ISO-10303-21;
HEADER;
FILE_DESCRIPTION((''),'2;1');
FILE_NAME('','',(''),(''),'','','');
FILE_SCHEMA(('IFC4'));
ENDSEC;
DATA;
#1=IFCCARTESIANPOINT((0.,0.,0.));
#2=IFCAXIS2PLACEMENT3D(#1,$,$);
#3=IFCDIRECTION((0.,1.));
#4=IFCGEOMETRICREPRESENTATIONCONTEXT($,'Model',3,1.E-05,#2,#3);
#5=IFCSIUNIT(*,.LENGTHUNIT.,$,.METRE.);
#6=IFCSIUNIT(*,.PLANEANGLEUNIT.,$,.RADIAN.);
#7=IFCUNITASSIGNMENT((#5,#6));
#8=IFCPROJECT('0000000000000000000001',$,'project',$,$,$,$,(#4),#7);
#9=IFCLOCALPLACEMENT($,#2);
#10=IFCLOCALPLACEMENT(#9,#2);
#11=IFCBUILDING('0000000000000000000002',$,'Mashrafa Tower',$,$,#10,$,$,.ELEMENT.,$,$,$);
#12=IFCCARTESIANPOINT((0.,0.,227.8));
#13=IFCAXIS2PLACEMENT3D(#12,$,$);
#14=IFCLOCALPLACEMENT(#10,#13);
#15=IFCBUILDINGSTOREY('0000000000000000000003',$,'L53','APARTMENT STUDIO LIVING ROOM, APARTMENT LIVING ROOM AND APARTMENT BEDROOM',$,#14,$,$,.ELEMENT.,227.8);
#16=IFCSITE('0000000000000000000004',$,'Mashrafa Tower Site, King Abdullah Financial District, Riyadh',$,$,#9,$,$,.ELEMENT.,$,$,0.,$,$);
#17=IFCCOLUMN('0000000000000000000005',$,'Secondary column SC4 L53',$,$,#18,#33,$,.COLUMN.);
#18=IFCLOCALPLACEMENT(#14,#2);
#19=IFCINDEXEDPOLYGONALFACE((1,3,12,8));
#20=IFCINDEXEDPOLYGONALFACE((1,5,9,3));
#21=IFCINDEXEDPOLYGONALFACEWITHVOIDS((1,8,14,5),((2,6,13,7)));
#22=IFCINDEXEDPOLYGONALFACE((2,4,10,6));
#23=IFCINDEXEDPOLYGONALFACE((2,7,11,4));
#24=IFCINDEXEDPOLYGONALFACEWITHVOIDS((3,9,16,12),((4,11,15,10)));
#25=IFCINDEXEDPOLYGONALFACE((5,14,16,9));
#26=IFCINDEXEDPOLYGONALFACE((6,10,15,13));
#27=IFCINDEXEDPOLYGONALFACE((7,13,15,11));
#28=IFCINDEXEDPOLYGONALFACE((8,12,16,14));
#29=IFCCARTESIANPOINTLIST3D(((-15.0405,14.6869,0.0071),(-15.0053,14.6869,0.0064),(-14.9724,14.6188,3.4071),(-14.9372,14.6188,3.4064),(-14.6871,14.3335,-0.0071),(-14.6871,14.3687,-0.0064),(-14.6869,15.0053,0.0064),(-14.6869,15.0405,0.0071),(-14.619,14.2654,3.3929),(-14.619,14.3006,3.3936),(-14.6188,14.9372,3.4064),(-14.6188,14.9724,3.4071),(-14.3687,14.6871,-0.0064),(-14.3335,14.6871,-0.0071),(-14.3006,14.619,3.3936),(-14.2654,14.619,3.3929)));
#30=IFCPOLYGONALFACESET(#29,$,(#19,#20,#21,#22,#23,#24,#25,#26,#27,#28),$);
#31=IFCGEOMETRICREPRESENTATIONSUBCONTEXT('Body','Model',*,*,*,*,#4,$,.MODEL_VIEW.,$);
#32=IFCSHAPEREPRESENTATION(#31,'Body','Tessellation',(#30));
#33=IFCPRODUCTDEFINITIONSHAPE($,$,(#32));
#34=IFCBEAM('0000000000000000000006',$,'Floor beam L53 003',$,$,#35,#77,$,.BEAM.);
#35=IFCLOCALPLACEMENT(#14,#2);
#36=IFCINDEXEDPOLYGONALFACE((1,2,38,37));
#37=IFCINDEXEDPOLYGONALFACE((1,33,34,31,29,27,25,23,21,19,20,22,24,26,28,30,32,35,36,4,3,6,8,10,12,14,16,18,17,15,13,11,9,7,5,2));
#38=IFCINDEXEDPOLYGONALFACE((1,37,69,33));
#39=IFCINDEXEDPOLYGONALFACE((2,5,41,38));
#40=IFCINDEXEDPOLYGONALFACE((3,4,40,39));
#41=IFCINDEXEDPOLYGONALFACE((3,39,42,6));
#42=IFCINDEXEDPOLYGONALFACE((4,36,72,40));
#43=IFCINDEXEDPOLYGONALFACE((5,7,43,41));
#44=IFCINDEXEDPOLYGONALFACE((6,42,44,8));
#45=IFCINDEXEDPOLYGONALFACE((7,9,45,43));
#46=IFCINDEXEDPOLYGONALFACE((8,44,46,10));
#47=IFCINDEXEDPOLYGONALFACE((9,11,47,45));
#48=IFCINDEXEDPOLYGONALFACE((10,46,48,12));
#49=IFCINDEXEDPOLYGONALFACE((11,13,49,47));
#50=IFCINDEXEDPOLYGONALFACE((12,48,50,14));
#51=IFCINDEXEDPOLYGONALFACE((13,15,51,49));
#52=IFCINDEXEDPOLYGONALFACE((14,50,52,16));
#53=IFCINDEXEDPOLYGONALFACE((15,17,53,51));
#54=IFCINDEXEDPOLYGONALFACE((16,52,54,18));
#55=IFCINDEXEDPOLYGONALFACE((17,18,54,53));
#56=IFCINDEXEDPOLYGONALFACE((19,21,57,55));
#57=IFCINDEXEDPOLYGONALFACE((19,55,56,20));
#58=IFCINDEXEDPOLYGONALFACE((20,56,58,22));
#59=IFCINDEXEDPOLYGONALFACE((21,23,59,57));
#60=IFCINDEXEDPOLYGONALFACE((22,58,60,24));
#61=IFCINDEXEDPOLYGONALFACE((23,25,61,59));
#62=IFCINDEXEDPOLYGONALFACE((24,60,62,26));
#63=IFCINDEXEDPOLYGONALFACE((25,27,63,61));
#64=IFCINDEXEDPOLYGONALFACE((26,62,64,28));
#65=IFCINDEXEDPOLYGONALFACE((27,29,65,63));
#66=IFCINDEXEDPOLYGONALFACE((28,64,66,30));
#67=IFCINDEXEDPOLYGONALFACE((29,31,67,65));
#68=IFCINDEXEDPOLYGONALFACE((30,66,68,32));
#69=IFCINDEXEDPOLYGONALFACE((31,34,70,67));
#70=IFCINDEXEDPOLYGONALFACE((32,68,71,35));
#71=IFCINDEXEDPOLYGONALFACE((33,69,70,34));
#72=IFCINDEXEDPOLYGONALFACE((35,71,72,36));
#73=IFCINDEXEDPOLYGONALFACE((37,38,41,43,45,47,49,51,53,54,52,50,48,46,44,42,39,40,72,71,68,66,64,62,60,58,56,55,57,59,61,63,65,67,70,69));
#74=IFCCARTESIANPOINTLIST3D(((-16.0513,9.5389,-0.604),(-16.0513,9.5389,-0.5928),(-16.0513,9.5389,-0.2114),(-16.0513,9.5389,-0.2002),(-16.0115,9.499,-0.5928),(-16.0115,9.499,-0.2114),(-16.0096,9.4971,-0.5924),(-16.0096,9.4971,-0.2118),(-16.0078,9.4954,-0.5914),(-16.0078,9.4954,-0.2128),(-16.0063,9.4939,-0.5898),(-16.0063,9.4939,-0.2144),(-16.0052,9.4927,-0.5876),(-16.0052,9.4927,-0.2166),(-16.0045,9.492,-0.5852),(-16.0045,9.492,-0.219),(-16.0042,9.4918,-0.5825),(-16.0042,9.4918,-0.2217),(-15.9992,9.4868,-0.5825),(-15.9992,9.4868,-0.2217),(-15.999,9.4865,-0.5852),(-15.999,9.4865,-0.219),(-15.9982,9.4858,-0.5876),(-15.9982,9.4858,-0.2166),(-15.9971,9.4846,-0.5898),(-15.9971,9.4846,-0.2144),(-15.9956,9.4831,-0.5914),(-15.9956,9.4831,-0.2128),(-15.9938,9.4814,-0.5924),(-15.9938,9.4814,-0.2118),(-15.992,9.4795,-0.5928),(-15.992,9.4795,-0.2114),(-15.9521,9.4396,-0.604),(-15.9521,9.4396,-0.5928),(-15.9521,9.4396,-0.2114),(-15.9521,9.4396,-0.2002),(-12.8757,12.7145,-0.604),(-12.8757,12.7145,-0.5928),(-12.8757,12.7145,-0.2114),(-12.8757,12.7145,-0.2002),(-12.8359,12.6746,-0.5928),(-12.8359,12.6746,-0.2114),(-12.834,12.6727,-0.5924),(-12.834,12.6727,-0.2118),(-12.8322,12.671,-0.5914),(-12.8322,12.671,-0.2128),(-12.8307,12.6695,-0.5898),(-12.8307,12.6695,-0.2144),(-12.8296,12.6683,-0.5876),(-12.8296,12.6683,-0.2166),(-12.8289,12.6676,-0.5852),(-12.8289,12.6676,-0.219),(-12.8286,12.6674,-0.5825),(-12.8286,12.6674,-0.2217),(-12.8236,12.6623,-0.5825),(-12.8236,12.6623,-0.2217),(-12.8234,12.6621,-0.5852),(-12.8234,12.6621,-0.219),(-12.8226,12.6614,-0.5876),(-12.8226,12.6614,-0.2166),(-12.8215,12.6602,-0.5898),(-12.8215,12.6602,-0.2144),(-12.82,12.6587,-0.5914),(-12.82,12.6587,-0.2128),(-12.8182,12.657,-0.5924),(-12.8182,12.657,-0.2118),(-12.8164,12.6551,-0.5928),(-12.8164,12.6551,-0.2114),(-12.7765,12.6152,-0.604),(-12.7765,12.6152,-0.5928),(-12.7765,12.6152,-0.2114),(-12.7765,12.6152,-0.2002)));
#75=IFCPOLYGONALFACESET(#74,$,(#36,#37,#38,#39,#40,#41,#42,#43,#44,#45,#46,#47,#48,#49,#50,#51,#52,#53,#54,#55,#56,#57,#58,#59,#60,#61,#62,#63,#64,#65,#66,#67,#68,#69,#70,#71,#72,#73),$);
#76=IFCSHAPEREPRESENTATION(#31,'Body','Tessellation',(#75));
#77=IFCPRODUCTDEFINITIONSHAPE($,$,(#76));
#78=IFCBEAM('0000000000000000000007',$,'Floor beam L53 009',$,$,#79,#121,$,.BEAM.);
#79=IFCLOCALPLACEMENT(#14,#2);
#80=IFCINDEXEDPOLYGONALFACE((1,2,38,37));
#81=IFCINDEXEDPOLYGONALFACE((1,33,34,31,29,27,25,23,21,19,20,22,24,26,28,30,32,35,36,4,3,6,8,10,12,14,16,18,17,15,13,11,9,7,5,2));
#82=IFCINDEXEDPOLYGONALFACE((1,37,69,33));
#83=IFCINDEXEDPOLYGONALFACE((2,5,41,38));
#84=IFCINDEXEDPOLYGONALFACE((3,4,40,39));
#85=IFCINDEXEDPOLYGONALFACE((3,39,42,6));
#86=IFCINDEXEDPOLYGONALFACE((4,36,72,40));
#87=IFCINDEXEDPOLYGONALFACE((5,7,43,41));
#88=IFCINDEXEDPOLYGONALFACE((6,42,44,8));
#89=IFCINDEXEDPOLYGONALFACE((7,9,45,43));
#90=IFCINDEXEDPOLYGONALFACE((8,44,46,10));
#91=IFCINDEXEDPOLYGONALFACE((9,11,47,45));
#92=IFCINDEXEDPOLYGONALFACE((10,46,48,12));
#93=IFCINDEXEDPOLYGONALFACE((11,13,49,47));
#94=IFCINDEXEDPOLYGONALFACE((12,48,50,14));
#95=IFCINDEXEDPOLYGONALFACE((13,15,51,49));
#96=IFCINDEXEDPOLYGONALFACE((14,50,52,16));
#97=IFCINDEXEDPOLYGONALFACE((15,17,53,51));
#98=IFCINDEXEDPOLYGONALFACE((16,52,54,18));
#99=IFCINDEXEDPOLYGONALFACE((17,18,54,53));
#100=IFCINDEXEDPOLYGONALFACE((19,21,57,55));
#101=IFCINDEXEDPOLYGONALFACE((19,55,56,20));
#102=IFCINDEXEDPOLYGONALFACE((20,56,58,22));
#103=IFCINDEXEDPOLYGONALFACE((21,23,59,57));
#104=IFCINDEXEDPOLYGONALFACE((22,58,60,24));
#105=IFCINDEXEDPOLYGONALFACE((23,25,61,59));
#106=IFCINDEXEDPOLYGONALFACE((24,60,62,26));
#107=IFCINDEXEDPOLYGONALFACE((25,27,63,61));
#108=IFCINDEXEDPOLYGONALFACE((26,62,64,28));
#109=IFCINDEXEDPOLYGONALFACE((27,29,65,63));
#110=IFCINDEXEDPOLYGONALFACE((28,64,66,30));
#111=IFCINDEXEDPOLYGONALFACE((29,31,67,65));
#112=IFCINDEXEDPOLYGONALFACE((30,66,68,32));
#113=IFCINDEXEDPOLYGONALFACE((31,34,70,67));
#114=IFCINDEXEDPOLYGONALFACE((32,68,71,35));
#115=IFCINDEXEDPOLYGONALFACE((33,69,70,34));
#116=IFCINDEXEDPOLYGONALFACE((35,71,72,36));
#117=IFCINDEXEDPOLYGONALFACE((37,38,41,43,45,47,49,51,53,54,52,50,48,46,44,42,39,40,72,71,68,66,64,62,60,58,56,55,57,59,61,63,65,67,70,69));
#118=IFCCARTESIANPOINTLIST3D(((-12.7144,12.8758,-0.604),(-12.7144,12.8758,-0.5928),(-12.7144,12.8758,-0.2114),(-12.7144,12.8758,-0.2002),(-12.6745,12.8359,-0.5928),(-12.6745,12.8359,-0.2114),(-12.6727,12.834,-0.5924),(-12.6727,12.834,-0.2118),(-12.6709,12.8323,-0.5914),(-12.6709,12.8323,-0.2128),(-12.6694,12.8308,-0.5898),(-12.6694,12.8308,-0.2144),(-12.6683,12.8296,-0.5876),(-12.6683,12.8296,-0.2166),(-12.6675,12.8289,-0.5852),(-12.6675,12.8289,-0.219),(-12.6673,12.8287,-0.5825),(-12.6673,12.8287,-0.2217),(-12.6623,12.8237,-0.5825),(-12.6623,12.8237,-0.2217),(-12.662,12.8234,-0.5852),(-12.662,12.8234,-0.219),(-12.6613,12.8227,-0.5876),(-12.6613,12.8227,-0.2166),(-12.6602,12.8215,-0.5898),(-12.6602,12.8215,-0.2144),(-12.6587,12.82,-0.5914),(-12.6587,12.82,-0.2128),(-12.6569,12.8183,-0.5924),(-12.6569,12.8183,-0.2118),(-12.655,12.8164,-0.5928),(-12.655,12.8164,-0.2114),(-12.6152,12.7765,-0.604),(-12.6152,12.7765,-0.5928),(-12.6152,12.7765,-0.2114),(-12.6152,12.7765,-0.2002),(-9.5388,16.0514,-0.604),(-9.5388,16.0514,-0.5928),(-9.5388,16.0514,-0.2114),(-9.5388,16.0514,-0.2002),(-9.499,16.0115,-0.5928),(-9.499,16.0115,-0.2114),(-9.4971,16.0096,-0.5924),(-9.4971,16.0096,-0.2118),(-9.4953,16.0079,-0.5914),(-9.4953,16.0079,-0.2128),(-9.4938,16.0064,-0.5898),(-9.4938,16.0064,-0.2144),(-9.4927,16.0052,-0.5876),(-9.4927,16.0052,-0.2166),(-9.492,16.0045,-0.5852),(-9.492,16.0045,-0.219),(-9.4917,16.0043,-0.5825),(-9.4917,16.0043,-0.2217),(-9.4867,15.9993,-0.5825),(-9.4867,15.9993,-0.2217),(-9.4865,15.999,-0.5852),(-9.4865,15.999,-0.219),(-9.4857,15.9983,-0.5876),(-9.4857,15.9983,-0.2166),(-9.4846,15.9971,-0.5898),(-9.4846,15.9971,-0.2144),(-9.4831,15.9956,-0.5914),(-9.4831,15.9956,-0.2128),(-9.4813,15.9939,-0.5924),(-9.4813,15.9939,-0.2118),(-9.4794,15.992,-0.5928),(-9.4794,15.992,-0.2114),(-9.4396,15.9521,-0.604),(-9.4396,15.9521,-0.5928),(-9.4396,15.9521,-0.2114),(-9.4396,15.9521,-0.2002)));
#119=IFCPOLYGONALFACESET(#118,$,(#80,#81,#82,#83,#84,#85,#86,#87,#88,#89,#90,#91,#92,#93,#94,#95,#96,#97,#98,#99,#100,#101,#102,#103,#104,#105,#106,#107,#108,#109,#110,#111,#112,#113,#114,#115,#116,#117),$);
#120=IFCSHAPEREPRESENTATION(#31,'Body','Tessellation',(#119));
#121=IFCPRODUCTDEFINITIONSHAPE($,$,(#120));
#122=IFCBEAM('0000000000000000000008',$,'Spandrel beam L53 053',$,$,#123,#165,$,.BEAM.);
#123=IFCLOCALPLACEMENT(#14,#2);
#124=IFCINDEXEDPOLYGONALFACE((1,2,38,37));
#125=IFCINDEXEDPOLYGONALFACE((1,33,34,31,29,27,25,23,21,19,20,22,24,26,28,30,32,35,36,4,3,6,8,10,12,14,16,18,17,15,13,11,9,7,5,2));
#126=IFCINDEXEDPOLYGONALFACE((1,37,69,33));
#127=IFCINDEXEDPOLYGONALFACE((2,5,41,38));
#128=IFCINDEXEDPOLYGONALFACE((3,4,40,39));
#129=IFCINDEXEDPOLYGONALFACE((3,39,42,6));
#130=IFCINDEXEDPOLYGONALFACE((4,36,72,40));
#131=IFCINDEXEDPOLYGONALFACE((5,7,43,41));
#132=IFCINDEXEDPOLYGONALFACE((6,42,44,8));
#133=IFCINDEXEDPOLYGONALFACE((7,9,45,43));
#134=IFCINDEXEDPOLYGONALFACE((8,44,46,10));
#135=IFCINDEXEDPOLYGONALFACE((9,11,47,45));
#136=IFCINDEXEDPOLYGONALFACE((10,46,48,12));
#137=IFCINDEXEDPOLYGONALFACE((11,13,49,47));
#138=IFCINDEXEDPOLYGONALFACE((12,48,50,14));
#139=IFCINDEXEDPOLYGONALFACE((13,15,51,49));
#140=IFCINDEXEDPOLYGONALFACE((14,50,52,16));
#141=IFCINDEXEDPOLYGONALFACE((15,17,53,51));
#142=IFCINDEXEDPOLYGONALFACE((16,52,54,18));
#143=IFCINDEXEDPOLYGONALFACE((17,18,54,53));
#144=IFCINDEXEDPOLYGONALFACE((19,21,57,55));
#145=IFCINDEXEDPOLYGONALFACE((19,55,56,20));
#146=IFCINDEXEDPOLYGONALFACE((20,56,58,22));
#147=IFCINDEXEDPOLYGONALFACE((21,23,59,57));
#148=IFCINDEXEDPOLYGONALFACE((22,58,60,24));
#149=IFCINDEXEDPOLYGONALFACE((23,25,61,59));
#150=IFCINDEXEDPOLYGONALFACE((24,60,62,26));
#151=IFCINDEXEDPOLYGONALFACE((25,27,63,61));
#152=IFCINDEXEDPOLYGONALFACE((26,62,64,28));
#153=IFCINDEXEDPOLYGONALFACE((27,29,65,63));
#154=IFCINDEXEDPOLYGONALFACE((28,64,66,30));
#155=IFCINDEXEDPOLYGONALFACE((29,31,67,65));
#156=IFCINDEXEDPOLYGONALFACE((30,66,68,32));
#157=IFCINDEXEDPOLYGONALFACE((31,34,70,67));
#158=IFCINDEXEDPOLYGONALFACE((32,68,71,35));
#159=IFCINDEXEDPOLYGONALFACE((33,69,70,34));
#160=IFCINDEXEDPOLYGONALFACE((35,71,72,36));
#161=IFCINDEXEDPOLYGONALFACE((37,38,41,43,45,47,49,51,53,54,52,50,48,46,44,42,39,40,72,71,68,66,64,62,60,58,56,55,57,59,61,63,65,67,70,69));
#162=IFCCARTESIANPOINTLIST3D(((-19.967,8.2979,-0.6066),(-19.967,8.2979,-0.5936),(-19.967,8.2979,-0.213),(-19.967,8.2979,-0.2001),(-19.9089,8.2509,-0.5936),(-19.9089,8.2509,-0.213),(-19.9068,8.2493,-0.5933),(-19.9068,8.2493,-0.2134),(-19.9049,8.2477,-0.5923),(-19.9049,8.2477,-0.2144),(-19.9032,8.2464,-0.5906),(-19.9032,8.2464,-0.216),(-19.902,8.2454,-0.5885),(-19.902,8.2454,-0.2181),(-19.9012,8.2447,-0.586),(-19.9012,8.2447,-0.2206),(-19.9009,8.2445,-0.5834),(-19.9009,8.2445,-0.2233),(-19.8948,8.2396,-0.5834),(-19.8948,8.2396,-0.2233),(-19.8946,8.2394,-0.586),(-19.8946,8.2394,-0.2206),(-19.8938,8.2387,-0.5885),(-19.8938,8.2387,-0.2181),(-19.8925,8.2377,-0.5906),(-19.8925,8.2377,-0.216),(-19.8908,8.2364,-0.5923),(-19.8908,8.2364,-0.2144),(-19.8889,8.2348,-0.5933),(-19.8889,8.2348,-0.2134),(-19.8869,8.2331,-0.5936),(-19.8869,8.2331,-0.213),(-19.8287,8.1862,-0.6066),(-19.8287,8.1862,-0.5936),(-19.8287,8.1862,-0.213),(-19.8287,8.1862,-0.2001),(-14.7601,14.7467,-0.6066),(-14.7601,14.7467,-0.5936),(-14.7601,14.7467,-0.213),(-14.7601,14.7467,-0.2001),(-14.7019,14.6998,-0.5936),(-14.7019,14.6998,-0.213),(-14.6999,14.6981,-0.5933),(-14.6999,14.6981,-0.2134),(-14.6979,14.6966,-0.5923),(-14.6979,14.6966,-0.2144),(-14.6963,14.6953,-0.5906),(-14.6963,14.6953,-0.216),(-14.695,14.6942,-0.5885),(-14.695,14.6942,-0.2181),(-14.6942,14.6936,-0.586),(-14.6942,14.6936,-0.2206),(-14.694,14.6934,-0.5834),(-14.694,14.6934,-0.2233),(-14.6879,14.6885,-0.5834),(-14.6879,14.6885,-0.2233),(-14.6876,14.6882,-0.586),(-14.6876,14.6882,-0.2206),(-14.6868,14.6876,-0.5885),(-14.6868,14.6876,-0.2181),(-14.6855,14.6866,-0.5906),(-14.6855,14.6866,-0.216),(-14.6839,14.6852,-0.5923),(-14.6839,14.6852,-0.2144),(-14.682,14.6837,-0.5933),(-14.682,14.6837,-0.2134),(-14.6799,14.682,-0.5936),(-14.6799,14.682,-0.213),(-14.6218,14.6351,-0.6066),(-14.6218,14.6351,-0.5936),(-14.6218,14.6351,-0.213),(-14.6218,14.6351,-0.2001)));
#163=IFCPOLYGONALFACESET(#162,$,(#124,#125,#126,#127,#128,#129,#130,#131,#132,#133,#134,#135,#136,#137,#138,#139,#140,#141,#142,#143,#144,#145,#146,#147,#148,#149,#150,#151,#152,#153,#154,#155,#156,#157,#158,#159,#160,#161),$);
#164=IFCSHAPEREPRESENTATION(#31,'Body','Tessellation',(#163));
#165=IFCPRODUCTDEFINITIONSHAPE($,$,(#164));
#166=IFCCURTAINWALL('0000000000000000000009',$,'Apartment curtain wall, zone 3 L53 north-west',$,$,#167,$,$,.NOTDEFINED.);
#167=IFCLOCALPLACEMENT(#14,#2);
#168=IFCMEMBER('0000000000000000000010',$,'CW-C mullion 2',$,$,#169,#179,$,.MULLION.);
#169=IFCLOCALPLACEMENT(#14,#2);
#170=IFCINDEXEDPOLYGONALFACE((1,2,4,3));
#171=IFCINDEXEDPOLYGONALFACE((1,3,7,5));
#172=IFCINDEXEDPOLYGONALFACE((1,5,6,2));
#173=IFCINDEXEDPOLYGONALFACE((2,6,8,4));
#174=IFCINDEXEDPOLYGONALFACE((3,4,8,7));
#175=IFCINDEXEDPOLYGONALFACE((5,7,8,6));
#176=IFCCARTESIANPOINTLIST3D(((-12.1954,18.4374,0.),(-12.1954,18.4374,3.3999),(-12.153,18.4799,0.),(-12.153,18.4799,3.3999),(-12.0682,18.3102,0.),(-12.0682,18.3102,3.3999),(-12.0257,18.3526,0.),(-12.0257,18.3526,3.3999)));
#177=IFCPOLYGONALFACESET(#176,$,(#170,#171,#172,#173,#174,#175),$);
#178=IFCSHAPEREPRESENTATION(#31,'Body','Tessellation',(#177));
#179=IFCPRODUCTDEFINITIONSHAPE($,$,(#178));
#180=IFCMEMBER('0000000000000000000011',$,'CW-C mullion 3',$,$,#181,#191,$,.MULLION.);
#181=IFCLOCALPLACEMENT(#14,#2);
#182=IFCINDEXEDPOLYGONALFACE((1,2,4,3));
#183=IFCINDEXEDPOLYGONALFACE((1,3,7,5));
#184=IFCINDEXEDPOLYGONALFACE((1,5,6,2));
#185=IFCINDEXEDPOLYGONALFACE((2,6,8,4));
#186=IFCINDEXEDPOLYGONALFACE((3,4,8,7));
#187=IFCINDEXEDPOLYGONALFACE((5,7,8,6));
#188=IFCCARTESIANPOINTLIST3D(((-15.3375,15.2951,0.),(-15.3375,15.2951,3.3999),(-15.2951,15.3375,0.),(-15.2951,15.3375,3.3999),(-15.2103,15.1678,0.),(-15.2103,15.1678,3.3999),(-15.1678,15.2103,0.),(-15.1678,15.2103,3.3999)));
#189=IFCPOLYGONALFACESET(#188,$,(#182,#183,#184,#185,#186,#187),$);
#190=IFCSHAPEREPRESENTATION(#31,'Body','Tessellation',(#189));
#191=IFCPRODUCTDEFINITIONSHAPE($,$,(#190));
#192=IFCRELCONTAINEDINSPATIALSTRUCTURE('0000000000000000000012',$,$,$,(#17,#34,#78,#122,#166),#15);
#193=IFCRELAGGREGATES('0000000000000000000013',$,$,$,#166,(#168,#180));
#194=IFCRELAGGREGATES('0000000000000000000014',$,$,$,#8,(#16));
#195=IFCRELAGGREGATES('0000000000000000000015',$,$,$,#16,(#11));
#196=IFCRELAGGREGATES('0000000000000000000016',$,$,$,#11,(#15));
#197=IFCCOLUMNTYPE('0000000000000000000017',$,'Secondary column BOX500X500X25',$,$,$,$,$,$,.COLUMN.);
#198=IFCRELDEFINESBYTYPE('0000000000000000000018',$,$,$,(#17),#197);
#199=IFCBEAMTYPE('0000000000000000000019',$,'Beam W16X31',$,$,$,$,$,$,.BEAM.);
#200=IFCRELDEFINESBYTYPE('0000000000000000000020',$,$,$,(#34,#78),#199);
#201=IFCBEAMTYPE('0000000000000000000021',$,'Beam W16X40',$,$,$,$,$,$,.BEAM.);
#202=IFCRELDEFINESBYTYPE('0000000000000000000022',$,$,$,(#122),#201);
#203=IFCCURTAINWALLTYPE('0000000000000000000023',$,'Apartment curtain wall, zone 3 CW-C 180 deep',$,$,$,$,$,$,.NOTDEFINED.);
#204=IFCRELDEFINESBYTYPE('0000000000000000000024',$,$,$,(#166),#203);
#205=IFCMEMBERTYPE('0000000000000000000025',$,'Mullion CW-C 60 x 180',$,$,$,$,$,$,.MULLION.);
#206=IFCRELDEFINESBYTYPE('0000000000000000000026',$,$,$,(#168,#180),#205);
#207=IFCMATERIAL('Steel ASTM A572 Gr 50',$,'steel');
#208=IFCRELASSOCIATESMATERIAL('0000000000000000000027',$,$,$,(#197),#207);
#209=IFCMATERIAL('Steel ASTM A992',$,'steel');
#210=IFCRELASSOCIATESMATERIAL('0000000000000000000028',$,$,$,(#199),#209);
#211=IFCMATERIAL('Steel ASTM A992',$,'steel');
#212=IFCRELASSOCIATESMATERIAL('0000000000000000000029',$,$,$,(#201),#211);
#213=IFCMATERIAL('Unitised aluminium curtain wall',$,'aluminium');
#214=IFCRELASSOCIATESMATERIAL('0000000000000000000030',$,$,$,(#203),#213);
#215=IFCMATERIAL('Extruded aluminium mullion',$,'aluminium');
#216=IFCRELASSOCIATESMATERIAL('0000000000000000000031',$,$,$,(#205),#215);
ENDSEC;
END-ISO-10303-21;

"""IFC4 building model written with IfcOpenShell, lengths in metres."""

from ifc_helpers import new_model, si_unit, direction, frame, origin, origin_2d, place, context, subcontext, project, spatial, rectangle, hollow_rectangle, i_section, extrude, source, transform, mapped, material, material_profile, profile_set, type_object, type_shapes, element, aggregate, save


model = new_model("IFC4")

# Units and contexts
model_context = context("Model", 3, precision=1e-05, world=origin(), true_north=direction((0.0, 1.0)))
body_context = subcontext(model_context, "Body", "Model", "MODEL_VIEW")
ifc_project = project(units=[si_unit("LENGTHUNIT", "METRE"), si_unit("PLANEANGLEUNIT", "RADIAN")], contexts=[model_context])

# Site, building, storey
site_placement = place(None, origin())
site = spatial("IfcSite", under=ifc_project, at=site_placement, Name="Mashrafa Tower Site, King Abdullah Financial District, Riyadh", CompositionType="ELEMENT", RefElevation=0.0)
building_placement = place(site_placement, origin())
building = spatial("IfcBuilding", under=site, at=building_placement, Name="Mashrafa Tower", CompositionType="ELEMENT")
storey_placement = place(building_placement, frame((0.0, 0.0, 227.8)))
storey = spatial("IfcBuildingStorey", under=building, at=storey_placement, Name="L53", Description="APARTMENT STUDIO LIVING ROOM, APARTMENT LIVING ROOM AND APARTMENT BEDROOM", CompositionType="ELEMENT", Elevation=227.8)

# Column
ifc_material_1 = material(Name="Steel ASTM A572 Gr 50", Category="steel")
ifc_material_profile_1 = material_profile(ifc_material_1, hollow_rectangle(XDim=0.5, YDim=0.5, WallThickness=0.0249, at=origin_2d()), Name="BOX500X500X25")
ifc_profile_set_1 = profile_set([ifc_material_profile_1], Name="Steel ASTM A572 Gr 50")
column_type = type_object("IfcColumnType", Name="Secondary column BOX500X500X25", PredefinedType="COLUMN", material=ifc_profile_set_1)
column_placement = place(storey_placement, frame((-14.687, 14.687, 0.0), z_axis=(0.020026, -0.020026, 0.999599), x_axis=(0.707107, 0.707107, 0.0)))
element("IfcColumn", 1, at=column_placement, inside=storey, type_object=column_type, Name="Secondary column SC4 L53", PredefinedType="COLUMN", context=body_context, shape_type="SweptSolid", body=[
    extrude(hollow_rectangle(XDim=0.5, YDim=0.5, WallThickness=0.0249, at=origin_2d()), origin(), (0.0, 0.0, 1.0), 3.4014),
])

# Beams
ifc_material_2 = material(Name="Steel ASTM A992", Category="steel")
ifc_material_profile_2 = material_profile(ifc_material_2, i_section(OverallWidth=0.1404, OverallDepth=0.4038, WebThickness=0.0071, FlangeThickness=0.0112, FilletRadius=0.0103, at=origin_2d()), Name="W16X31")
ifc_profile_set_2 = profile_set([ifc_material_profile_2], Name="Steel ASTM A992")
beam_type_1 = type_object("IfcBeamType", Name="Beam W16X31", PredefinedType="BEAM", material=ifc_profile_set_2)
for number, where, z_axis, x_axis, name in (
    (2, (-16.0017, 9.4893, -0.4021), (0.707107, 0.707107, 0.0), (-0.707107, 0.707107, 0.0), "Floor beam L53 003"),
    (3, (-12.6648, 12.8262, -0.4021), (0.707107, 0.707107, 0.0), (-0.707107, 0.707107, 0.0), "Floor beam L53 009"),
):
    element("IfcBeam", number, at=place(storey_placement, frame(where, z_axis=z_axis, x_axis=x_axis)), inside=storey, type_object=beam_type_1, Name=name, PredefinedType="BEAM", context=body_context, shape_type="SweptSolid", body=[
        extrude(i_section(OverallWidth=0.1404, OverallDepth=0.4038, WebThickness=0.0071, FlangeThickness=0.0112, FilletRadius=0.0103, at=origin_2d()), origin(), (0.0, 0.0, 1.0), 4.491),
    ])
ifc_material_3 = material(Name="Steel ASTM A992", Category="steel")
ifc_material_profile_3 = material_profile(ifc_material_3, i_section(OverallWidth=0.1777, OverallDepth=0.4065, WebThickness=0.0078, FlangeThickness=0.0129, FilletRadius=0.0103, at=origin_2d()), Name="W16X40")
ifc_profile_set_3 = profile_set([ifc_material_profile_3], Name="Steel ASTM A992")
beam_type_2 = type_object("IfcBeamType", Name="Beam W16X40", PredefinedType="BEAM", material=ifc_profile_set_3)
beam_placement = place(storey_placement, frame((-14.6909, 14.6909, -0.4033), z_axis=(-0.628209, -0.778045, 0.0), x_axis=(0.778045, -0.628209, 0.0)))
element("IfcBeam", 4, at=beam_placement, inside=storey, type_object=beam_type_2, Name="Spandrel beam L53 053", PredefinedType="BEAM", context=body_context, shape_type="SweptSolid", body=[
    extrude(i_section(OverallWidth=0.1777, OverallDepth=0.4065, WebThickness=0.0078, FlangeThickness=0.0129, FilletRadius=0.0103, at=origin_2d()), origin(), (0.0, 0.0, 1.0), 8.2886),
])

# Curtain wall, members
ifc_material_4 = material(Name="Unitised aluminium curtain wall", Category="aluminium")
curtain_wall_type = type_object("IfcCurtainWallType", Name="Apartment curtain wall, zone 3 CW-C 180 deep", PredefinedType="NOTDEFINED", material=ifc_material_4)
curtain_wall_placement = place(storey_placement, origin())
curtain_wall = element("IfcCurtainWall", 5, at=curtain_wall_placement, inside=storey, type_object=curtain_wall_type, Name="Apartment curtain wall, zone 3 L53 north-west", PredefinedType="NOTDEFINED")
ifc_material_5 = material(Name="Extruded aluminium mullion", Category="aluminium")
ifc_material_profile_4 = material_profile(ifc_material_5, rectangle(XDim=0.1799, YDim=0.0601, at=origin_2d()), Name="Mullion 60x180")
ifc_profile_set_4 = profile_set([ifc_material_profile_4], Name="Extruded aluminium mullion")
member_type_1 = type_object("IfcMemberType", Name="Mullion CW-C 60 x 180", PredefinedType="MULLION", material=ifc_profile_set_4)
shared_shape_1 = source(origin(), body_context, "Body", "SweptSolid", [
    extrude(rectangle(XDim=0.1799, YDim=0.0601, at=origin_2d()), origin(), (0.0, 0.0, 1.0), 3.3999),
])
type_shapes(member_type_1, [shared_shape_1])
member_1_placement = place(storey_placement, frame((-12.1106, 18.395, 0.0), z_axis=(0.0, 0.0, 1.0), x_axis=(0.707107, -0.707107, 0.0)))
member_1 = element("IfcMember", 6, at=member_1_placement, type_object=member_type_1, Name="CW-C mullion 2", PredefinedType="MULLION", context=body_context, shape_type="MappedRepresentation", body=[
    mapped(shared_shape_1, transform((0.0, 0.0, 0.0))),
])
member_2_placement = place(storey_placement, frame((-15.2527, 15.2527, 0.0), z_axis=(0.0, 0.0, 1.0), x_axis=(0.707107, -0.707107, 0.0)))
member_2 = element("IfcMember", 7, at=member_2_placement, type_object=member_type_1, Name="CW-C mullion 3", PredefinedType="MULLION", context=body_context, shape_type="MappedRepresentation", body=[
    mapped(shared_shape_1, transform((0.0, 0.0, 0.0))),
])
aggregate(curtain_wall, [member_1, member_2])

save(model, "model.ifc")
